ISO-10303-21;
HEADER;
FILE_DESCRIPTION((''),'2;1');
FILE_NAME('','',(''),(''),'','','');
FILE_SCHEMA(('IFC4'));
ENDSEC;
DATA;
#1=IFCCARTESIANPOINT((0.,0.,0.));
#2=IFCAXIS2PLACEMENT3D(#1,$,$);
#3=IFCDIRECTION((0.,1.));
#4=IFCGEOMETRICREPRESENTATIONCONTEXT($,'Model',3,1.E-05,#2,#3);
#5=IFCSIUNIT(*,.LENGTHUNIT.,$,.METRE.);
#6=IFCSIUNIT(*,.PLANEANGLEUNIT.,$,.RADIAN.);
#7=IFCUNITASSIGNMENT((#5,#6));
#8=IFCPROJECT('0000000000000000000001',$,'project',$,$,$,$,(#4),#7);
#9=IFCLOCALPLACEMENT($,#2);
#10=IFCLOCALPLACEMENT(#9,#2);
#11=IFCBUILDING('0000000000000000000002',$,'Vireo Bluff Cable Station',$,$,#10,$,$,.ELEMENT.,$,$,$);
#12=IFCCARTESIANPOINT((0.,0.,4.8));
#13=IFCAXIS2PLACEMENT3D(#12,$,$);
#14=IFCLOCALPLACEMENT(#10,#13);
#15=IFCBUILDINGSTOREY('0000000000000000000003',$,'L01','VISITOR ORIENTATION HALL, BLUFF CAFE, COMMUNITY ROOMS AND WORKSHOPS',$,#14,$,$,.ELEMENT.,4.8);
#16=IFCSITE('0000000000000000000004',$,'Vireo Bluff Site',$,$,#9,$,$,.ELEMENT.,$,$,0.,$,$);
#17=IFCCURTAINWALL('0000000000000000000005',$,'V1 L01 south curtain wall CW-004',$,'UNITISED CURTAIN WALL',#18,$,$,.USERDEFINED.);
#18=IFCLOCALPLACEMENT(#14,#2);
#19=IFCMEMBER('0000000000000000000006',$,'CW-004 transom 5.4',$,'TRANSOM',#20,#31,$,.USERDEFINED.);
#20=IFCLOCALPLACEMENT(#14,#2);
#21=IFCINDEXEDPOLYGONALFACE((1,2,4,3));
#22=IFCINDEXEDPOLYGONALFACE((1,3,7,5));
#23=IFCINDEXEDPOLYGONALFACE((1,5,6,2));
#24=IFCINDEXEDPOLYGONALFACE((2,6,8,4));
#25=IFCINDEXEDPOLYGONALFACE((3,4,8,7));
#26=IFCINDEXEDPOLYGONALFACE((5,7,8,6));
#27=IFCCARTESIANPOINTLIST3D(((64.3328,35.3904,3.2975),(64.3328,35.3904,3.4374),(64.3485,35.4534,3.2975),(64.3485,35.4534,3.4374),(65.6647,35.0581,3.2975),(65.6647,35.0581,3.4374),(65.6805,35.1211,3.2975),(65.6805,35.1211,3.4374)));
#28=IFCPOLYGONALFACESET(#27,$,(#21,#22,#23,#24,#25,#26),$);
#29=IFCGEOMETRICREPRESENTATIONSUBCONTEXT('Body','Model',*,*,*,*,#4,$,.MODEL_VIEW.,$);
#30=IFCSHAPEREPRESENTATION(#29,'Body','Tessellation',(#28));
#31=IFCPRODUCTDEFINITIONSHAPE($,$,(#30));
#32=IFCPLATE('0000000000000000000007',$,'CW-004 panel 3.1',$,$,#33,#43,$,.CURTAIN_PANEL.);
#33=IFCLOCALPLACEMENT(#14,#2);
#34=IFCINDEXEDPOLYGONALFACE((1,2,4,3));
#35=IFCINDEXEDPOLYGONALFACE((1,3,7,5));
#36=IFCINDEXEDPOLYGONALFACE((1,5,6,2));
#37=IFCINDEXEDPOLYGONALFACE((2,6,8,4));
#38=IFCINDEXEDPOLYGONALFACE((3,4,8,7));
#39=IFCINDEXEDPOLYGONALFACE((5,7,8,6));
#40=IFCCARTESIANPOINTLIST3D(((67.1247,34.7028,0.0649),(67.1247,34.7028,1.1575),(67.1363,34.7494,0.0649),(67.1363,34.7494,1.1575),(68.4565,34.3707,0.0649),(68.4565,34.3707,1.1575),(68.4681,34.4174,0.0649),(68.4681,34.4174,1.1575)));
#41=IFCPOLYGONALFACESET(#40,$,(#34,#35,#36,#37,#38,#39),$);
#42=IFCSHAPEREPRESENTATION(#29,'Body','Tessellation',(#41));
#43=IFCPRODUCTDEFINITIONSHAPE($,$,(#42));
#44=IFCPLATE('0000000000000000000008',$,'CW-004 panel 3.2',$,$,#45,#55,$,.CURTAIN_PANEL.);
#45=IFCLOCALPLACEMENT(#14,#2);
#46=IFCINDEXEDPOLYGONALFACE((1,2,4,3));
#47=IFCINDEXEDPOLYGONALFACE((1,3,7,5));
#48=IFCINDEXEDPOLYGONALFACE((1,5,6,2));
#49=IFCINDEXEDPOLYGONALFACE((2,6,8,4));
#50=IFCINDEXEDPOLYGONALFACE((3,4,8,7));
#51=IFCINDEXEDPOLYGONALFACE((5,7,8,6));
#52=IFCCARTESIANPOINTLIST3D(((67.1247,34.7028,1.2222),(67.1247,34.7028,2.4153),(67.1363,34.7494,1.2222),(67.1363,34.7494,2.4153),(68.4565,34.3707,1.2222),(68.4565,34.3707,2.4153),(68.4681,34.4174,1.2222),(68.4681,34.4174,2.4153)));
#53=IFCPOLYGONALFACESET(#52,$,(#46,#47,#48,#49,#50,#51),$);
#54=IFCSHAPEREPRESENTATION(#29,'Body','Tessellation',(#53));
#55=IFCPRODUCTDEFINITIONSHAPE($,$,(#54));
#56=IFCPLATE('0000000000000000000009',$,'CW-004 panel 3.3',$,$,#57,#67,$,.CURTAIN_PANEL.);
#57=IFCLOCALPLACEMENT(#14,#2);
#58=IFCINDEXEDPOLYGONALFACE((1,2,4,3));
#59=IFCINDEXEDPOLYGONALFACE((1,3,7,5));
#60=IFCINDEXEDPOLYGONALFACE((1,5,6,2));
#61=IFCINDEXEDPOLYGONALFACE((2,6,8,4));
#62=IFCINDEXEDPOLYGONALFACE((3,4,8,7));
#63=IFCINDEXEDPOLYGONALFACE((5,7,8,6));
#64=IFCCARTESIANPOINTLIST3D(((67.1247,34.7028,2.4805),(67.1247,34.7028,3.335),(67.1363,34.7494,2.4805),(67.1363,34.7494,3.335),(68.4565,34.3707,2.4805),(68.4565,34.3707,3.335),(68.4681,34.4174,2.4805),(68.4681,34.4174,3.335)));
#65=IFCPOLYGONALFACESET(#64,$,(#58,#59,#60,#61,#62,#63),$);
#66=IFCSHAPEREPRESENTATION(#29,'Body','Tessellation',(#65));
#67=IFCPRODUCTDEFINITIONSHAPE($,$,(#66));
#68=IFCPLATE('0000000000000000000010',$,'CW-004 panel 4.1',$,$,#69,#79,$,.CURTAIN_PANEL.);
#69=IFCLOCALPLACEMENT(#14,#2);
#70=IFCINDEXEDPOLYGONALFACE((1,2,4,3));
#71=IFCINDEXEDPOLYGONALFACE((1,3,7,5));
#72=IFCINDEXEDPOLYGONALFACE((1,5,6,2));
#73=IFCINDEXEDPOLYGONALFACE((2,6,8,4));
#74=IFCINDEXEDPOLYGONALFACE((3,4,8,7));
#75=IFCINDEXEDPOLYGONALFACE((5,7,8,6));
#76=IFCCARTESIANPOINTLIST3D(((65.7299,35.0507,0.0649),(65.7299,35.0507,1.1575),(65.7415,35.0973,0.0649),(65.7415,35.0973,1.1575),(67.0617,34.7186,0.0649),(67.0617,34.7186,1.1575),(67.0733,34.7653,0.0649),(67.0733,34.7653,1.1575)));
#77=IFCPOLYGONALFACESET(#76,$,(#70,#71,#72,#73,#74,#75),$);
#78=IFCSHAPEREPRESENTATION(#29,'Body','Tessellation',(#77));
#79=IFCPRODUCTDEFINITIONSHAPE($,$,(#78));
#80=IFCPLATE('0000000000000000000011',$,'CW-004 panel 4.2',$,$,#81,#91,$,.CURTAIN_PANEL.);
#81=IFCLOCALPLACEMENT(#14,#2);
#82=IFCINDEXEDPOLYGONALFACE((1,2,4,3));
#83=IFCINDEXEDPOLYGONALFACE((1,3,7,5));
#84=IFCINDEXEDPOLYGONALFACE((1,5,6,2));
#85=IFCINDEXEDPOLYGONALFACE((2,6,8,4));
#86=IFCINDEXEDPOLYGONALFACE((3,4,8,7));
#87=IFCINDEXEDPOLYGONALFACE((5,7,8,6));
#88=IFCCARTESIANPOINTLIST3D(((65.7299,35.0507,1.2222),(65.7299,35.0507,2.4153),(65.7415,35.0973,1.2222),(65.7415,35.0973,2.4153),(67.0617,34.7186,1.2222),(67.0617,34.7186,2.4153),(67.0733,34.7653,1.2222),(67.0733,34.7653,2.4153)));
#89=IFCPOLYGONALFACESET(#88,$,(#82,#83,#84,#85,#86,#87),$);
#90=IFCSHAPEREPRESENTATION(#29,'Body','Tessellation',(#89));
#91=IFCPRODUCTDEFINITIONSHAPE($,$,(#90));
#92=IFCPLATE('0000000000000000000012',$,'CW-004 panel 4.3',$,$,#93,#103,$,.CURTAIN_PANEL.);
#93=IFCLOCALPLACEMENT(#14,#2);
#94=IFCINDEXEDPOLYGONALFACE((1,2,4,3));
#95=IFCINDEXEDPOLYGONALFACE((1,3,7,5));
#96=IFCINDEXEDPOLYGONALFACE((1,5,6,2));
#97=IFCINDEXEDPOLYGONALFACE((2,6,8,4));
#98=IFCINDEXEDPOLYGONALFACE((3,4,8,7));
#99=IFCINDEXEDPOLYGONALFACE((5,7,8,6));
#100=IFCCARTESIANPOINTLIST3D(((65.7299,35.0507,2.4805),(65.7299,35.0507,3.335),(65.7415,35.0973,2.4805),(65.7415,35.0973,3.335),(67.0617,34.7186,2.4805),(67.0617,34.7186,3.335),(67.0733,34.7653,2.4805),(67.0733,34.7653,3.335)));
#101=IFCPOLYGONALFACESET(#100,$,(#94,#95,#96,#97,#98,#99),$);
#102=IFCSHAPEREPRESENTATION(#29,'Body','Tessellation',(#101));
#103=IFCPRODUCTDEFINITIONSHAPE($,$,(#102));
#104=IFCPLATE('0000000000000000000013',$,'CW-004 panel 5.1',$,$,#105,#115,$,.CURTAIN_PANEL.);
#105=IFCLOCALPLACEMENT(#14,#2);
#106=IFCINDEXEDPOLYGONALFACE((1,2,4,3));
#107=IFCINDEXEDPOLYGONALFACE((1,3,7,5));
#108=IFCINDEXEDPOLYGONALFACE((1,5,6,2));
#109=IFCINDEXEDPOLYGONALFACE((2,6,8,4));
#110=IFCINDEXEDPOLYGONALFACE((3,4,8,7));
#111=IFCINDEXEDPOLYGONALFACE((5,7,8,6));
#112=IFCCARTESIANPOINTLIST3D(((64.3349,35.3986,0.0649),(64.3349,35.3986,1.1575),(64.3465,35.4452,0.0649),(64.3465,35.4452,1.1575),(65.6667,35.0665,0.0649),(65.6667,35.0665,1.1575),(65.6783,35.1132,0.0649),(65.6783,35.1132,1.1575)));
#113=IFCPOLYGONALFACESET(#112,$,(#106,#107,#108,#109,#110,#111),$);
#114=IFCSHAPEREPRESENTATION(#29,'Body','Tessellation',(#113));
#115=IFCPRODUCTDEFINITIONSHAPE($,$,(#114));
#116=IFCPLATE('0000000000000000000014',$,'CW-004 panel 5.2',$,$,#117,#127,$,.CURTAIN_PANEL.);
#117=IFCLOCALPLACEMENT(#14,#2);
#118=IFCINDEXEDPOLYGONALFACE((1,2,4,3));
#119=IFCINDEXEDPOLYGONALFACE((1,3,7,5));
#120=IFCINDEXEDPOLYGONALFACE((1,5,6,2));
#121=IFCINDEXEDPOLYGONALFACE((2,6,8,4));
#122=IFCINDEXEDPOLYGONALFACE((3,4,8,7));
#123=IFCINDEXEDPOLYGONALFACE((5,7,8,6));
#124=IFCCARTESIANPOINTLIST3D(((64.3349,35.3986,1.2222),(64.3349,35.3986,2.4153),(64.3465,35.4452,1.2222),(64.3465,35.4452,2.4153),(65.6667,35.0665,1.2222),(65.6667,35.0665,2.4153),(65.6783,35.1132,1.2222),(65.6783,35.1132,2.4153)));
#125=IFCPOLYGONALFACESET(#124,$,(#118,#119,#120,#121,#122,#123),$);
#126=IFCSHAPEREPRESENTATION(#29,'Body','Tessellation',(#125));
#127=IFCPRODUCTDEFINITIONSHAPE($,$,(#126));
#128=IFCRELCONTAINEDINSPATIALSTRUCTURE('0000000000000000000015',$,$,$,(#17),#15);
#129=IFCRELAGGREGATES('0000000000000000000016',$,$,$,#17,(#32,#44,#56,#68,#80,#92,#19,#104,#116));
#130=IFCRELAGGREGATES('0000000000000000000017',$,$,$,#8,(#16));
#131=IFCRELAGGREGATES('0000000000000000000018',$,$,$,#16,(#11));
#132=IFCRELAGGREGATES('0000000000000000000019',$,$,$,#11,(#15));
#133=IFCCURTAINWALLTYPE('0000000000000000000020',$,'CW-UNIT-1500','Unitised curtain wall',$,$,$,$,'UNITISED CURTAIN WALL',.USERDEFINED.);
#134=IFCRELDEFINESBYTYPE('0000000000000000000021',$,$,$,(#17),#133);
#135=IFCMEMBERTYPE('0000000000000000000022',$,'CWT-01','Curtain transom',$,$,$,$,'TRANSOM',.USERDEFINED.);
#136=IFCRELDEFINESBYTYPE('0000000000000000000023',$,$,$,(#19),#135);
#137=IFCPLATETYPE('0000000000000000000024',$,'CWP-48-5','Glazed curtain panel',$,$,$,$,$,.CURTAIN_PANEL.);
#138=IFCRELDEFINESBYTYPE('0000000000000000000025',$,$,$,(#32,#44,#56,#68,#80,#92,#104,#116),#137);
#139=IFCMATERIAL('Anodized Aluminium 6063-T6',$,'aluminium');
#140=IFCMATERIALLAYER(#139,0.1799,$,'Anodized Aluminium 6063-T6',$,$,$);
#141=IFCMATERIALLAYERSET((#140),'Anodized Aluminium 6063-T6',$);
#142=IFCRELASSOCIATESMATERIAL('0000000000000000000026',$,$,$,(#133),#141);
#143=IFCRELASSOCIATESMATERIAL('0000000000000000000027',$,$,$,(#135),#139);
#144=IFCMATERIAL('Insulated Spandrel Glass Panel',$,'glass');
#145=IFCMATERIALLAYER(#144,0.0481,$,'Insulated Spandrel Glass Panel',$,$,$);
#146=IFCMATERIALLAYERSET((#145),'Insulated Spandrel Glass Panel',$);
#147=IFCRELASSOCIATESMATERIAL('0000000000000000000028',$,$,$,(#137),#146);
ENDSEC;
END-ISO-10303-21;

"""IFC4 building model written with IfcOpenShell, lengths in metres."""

from ifc_helpers import new_model, si_unit, direction, frame, origin, origin_2d, place, context, subcontext, project, spatial, rectangle, extrude, material, layer, layer_set, material_profile, profile_set, type_object, element, aggregate, save


model = new_model("IFC4")

# Units and contexts
model_context = context("Model", 3, precision=1e-05, world=origin(), true_north=direction((0.0, 1.0)))
body_context = subcontext(model_context, "Body", "Model", "MODEL_VIEW")
ifc_project = project(units=[si_unit("LENGTHUNIT", "METRE"), si_unit("PLANEANGLEUNIT", "RADIAN")], contexts=[model_context])

# Site, building, storey
site_placement = place(None, origin())
site = spatial("IfcSite", under=ifc_project, at=site_placement, Name="Vireo Bluff Site", CompositionType="ELEMENT", RefElevation=0.0)
building_placement = place(site_placement, origin())
building = spatial("IfcBuilding", under=site, at=building_placement, Name="Vireo Bluff Cable Station", CompositionType="ELEMENT")
storey_placement = place(building_placement, frame((0.0, 0.0, 4.8)))
storey = spatial("IfcBuildingStorey", under=building, at=storey_placement, Name="L01", Description="VISITOR ORIENTATION HALL, BLUFF CAFE, COMMUNITY ROOMS AND WORKSHOPS", CompositionType="ELEMENT", Elevation=4.8)

# Curtain wall, member, plates
ifc_material_1 = material(Name="Anodized Aluminium 6063-T6", Category="aluminium")
ifc_layer_1 = layer(ifc_material_1, 0.1799, Name="Anodized Aluminium 6063-T6")
ifc_layer_set_1 = layer_set([ifc_layer_1], Name="Anodized Aluminium 6063-T6")
curtain_wall_type = type_object("IfcCurtainWallType", Name="CW-UNIT-1500", Description="Unitised curtain wall", ElementType="UNITISED CURTAIN WALL", PredefinedType="USERDEFINED", material=ifc_layer_set_1)
curtain_wall_placement = place(storey_placement, origin())
curtain_wall = element("IfcCurtainWall", 1, at=curtain_wall_placement, inside=storey, type_object=curtain_wall_type, Name="V1 L01 south curtain wall CW-004", ObjectType="UNITISED CURTAIN WALL", PredefinedType="USERDEFINED")
ifc_material_profile_1 = material_profile(ifc_material_1, rectangle(XDim=0.0649, YDim=0.1399, at=origin_2d()), Name="ALU-T-65X140")
ifc_profile_set_1 = profile_set([ifc_material_profile_1], Name="Anodized Aluminium 6063-T6")
member_type_1 = type_object("IfcMemberType", Name="CWT-01", Description="Curtain transom", ElementType="TRANSOM", PredefinedType="USERDEFINED", material=ifc_profile_set_1)
member_1_placement = place(storey_placement, frame((65.6726, 35.0896, 3.3674), z_axis=(-0.970268, 0.242033, 0.0), x_axis=(-0.242033, -0.970268, 0.0)))
member_1 = element("IfcMember", 2, at=member_1_placement, type_object=member_type_1, Name="CW-004 transom 5.4", ObjectType="TRANSOM", PredefinedType="USERDEFINED", context=body_context, shape_type="SweptSolid", body=[
    extrude(rectangle(XDim=0.0649, YDim=0.1399, at=origin_2d()), origin(), (0.0, 0.0, 1.0), 1.3728),
])
ifc_material_2 = material(Name="Insulated Spandrel Glass Panel", Category="glass")
ifc_layer_2 = layer(ifc_material_2, 0.0481, Name="Insulated Spandrel Glass Panel")
ifc_layer_set_2 = layer_set([ifc_layer_2], Name="Insulated Spandrel Glass Panel")
plate_type = type_object("IfcPlateType", Name="CWP-48-5", Description="Glazed curtain panel", PredefinedType="CURTAIN_PANEL", material=ifc_layer_set_2)
plate_1_placement = place(storey_placement, frame((67.7964, 34.5601, 0.0649), z_axis=(0.0, 0.0, 1.0), x_axis=(-0.970296, 0.241922, 0.0)))
plate_1 = element("IfcPlate", 3, at=plate_1_placement, type_object=plate_type, Name="CW-004 panel 3.1", PredefinedType="CURTAIN_PANEL", context=body_context, shape_type="SweptSolid", body=[
    extrude(rectangle(XDim=1.3726, YDim=0.0481, at=origin_2d()), origin(), (0.0, 0.0, 1.0), 1.0925),
])
plate_2_placement = place(storey_placement, frame((67.7964, 34.5601, 1.2222), z_axis=(0.0, 0.0, 1.0), x_axis=(-0.970296, 0.241922, 0.0)))
plate_2 = element("IfcPlate", 4, at=plate_2_placement, type_object=plate_type, Name="CW-004 panel 3.2", PredefinedType="CURTAIN_PANEL", context=body_context, shape_type="SweptSolid", body=[
    extrude(rectangle(XDim=1.3726, YDim=0.0481, at=origin_2d()), origin(), (0.0, 0.0, 1.0), 1.1931),
])
plate_3_placement = place(storey_placement, frame((67.7964, 34.5601, 2.4805), z_axis=(0.0, 0.0, 1.0), x_axis=(-0.970296, 0.241922, 0.0)))
plate_3 = element("IfcPlate", 5, at=plate_3_placement, type_object=plate_type, Name="CW-004 panel 3.3", PredefinedType="CURTAIN_PANEL", context=body_context, shape_type="SweptSolid", body=[
    extrude(rectangle(XDim=1.3726, YDim=0.0481, at=origin_2d()), origin(), (0.0, 0.0, 1.0), 0.8545),
])
plate_4_placement = place(storey_placement, frame((66.4016, 34.908, 0.0649), z_axis=(0.0, 0.0, 1.0), x_axis=(-0.970296, 0.241922, 0.0)))
plate_4 = element("IfcPlate", 6, at=plate_4_placement, type_object=plate_type, Name="CW-004 panel 4.1", PredefinedType="CURTAIN_PANEL", context=body_context, shape_type="SweptSolid", body=[
    extrude(rectangle(XDim=1.3726, YDim=0.0481, at=origin_2d()), origin(), (0.0, 0.0, 1.0), 1.0925),
])
plate_5_placement = place(storey_placement, frame((66.4016, 34.908, 1.2222), z_axis=(0.0, 0.0, 1.0), x_axis=(-0.970296, 0.241922, 0.0)))
plate_5 = element("IfcPlate", 7, at=plate_5_placement, type_object=plate_type, Name="CW-004 panel 4.2", PredefinedType="CURTAIN_PANEL", context=body_context, shape_type="SweptSolid", body=[
    extrude(rectangle(XDim=1.3726, YDim=0.0481, at=origin_2d()), origin(), (0.0, 0.0, 1.0), 1.1931),
])
plate_6_placement = place(storey_placement, frame((66.4016, 34.908, 2.4805), z_axis=(0.0, 0.0, 1.0), x_axis=(-0.970296, 0.241922, 0.0)))
plate_6 = element("IfcPlate", 8, at=plate_6_placement, type_object=plate_type, Name="CW-004 panel 4.3", PredefinedType="CURTAIN_PANEL", context=body_context, shape_type="SweptSolid", body=[
    extrude(rectangle(XDim=1.3726, YDim=0.0481, at=origin_2d()), origin(), (0.0, 0.0, 1.0), 0.8545),
])
plate_7_placement = place(storey_placement, frame((65.0066, 35.2559, 0.0649), z_axis=(0.0, 0.0, 1.0), x_axis=(-0.970296, 0.241922, 0.0)))
plate_7 = element("IfcPlate", 9, at=plate_7_placement, type_object=plate_type, Name="CW-004 panel 5.1", PredefinedType="CURTAIN_PANEL", context=body_context, shape_type="SweptSolid", body=[
    extrude(rectangle(XDim=1.3726, YDim=0.0481, at=origin_2d()), origin(), (0.0, 0.0, 1.0), 1.0925),
])
plate_8_placement = place(storey_placement, frame((65.0066, 35.2559, 1.2222), z_axis=(0.0, 0.0, 1.0), x_axis=(-0.970296, 0.241922, 0.0)))
plate_8 = element("IfcPlate", 10, at=plate_8_placement, type_object=plate_type, Name="CW-004 panel 5.2", PredefinedType="CURTAIN_PANEL", context=body_context, shape_type="SweptSolid", body=[
    extrude(rectangle(XDim=1.3726, YDim=0.0481, at=origin_2d()), origin(), (0.0, 0.0, 1.0), 1.1931),
])
aggregate(curtain_wall, [plate_1, plate_2, plate_3, plate_4, plate_5, plate_6, member_1, plate_7, plate_8])

save(model, "model.ifc")
